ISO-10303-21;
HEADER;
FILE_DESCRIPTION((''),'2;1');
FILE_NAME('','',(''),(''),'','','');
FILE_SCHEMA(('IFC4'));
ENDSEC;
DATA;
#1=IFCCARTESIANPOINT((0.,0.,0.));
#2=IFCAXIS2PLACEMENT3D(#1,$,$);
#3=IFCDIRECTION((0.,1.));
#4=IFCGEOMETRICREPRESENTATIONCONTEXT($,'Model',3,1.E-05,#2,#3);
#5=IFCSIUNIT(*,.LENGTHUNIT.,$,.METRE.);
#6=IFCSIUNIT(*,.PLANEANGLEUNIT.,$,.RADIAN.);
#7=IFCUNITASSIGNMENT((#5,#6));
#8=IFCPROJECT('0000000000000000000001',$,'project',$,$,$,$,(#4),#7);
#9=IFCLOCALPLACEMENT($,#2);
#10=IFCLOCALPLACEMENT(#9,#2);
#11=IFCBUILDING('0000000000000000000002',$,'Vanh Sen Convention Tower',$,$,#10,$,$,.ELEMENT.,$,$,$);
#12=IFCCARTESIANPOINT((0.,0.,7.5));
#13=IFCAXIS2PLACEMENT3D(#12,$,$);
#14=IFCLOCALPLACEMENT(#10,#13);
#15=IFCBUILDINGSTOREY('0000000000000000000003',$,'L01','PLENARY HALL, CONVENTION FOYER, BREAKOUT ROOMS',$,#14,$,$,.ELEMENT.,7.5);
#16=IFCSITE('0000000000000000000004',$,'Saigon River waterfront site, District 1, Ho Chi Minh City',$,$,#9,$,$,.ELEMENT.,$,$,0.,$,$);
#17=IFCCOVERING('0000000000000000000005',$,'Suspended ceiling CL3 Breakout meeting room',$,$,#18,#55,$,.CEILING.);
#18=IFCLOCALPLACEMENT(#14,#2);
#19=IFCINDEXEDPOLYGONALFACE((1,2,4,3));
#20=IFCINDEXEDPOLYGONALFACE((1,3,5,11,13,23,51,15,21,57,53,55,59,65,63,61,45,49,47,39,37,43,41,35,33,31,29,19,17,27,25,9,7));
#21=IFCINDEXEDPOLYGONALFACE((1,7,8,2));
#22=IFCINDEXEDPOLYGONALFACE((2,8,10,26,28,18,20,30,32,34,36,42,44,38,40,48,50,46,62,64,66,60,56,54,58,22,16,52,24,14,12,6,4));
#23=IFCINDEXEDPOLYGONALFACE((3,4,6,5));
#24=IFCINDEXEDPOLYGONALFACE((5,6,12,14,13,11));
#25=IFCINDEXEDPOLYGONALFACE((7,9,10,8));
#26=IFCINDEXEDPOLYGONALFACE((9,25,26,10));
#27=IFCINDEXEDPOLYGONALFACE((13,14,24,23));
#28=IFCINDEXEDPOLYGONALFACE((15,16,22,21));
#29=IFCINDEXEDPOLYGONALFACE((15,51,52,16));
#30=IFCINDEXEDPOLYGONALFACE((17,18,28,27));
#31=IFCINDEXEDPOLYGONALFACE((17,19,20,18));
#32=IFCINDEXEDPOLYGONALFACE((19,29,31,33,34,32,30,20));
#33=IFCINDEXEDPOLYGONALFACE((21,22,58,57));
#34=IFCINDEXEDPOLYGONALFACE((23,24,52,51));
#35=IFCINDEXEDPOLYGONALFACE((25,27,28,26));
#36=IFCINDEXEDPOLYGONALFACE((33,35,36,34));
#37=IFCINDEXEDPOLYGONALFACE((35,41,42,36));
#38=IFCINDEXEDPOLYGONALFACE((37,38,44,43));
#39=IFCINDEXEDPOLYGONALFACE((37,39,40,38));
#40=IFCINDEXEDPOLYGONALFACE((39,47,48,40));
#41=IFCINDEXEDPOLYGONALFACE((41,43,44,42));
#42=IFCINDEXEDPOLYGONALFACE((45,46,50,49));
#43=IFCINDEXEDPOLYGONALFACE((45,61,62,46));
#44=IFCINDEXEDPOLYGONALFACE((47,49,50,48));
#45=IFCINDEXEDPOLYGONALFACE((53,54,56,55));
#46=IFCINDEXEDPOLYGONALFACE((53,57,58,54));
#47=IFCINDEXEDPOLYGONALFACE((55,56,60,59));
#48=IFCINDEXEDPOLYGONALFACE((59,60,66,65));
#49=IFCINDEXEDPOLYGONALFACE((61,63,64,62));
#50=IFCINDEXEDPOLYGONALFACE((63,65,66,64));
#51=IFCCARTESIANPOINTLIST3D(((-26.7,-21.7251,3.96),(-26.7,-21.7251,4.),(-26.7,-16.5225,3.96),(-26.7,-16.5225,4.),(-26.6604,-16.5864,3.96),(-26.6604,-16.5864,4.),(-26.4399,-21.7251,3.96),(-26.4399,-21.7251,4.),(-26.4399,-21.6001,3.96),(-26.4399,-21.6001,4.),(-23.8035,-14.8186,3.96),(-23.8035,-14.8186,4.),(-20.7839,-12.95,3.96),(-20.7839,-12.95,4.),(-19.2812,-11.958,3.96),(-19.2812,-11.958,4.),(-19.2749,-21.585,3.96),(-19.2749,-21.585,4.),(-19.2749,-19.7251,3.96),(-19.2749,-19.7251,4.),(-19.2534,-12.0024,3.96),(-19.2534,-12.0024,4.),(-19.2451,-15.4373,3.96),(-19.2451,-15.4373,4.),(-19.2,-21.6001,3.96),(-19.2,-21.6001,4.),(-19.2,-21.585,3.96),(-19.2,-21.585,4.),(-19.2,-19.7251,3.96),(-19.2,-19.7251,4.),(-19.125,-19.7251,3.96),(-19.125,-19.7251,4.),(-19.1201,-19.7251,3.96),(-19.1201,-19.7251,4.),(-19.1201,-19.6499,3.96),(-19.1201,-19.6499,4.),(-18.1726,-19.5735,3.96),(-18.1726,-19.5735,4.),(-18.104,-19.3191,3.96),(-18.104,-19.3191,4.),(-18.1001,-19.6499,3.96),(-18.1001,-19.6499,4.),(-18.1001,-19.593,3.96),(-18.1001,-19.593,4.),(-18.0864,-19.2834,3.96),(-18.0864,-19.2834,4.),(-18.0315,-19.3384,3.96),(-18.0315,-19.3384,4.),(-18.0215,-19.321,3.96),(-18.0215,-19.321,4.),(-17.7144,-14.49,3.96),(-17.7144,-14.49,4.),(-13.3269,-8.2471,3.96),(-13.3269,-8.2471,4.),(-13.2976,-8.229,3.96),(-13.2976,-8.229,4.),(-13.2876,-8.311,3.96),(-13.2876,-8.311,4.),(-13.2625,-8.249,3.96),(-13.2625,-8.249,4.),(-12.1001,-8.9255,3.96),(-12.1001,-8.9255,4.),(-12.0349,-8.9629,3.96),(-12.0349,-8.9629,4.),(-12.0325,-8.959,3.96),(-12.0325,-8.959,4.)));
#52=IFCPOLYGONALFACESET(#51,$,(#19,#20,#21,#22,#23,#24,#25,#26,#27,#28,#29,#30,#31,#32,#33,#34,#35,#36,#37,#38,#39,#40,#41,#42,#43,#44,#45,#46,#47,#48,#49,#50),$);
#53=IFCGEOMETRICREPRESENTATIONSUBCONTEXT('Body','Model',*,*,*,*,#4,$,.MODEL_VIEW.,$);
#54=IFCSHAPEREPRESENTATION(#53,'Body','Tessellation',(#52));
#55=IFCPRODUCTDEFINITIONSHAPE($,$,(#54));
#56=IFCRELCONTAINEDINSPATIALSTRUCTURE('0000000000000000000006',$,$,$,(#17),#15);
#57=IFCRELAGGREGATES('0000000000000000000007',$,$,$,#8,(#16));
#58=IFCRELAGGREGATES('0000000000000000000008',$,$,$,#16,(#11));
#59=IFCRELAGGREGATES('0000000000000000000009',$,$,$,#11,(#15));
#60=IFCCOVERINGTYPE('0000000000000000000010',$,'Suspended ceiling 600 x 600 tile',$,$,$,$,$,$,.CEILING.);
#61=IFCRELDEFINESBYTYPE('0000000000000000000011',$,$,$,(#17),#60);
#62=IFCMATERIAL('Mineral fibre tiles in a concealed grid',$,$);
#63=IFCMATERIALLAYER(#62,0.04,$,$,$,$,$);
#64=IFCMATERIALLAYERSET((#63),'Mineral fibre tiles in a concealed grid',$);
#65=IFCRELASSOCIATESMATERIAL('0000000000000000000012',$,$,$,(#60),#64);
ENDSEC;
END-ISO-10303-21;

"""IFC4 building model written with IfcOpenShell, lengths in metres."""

from ifc_helpers import new_model, si_unit, direction, frame, origin, place, context, subcontext, project, spatial, polyline, outline, extrude, material, layer, layer_set, type_object, element, save


model = new_model("IFC4")

# Units and contexts
model_context = context("Model", 3, precision=1e-05, world=origin(), true_north=direction((0.0, 1.0)))
body_context = subcontext(model_context, "Body", "Model", "MODEL_VIEW")
ifc_project = project(units=[si_unit("LENGTHUNIT", "METRE"), si_unit("PLANEANGLEUNIT", "RADIAN")], contexts=[model_context])

# Site, building, storey
site_placement = place(None, origin())
site = spatial("IfcSite", under=ifc_project, at=site_placement, Name="Saigon River waterfront site, District 1, Ho Chi Minh City", CompositionType="ELEMENT", RefElevation=0.0)
building_placement = place(site_placement, origin())
building = spatial("IfcBuilding", under=site, at=building_placement, Name="Vanh Sen Convention Tower", CompositionType="ELEMENT")
storey_placement = place(building_placement, frame((0.0, 0.0, 7.5)))
storey = spatial("IfcBuildingStorey", under=building, at=storey_placement, Name="L01", Description="PLENARY HALL, CONVENTION FOYER, BREAKOUT ROOMS", CompositionType="ELEMENT", Elevation=7.5)

# Covering
ifc_material_1 = material(Name="Mineral fibre tiles in a concealed grid")
ifc_layer_1 = layer(ifc_material_1, 0.04)
ifc_layer_set_1 = layer_set([ifc_layer_1], Name="Mineral fibre tiles in a concealed grid")
covering_type = type_object("IfcCoveringType", Name="Suspended ceiling 600 x 600 tile", PredefinedType="CEILING", material=ifc_layer_set_1)
covering_1_placement = place(storey_placement, frame((0.0, 0.0, 3.96)))
element("IfcCovering", 1, at=covering_1_placement, inside=storey, type_object=covering_type, Name="Suspended ceiling CL3 Breakout meeting room", PredefinedType="CEILING", context=body_context, shape_type="SweptSolid", body=[
    extrude(outline(polyline([(-26.4399, -21.6001), (-19.2, -21.6001), (-19.2, -21.585), (-19.2749, -21.585), (-19.2749, -19.7251), (-19.2, -19.7251), (-19.125, -19.7251), (-19.1201, -19.7251), (-19.1201, -19.6499), (-18.1001, -19.6499), (-18.1001, -19.593), (-18.1726, -19.5735), (-18.104, -19.3191), (-18.0315, -19.3384), (-18.0215, -19.321), (-18.0864, -19.2834), (-12.1001, -8.9255), (-12.0349, -8.9629), (-12.0325, -8.959), (-13.2625, -8.249), (-13.2976, -8.229), (-13.3269, -8.2471), (-13.2876, -8.311), (-19.2534, -12.0024), (-19.2812, -11.958), (-17.7144, -14.49), (-19.2451, -15.4373), (-20.7839, -12.95), (-23.8035, -14.8186), (-26.6604, -16.5864), (-26.7, -16.5225), (-26.7, -21.7251), (-26.4399, -21.7251), (-26.4399, -21.6001)])), origin(), (0.0, 0.0, 1.0), 0.04),
])

save(model, "model.ifc")
